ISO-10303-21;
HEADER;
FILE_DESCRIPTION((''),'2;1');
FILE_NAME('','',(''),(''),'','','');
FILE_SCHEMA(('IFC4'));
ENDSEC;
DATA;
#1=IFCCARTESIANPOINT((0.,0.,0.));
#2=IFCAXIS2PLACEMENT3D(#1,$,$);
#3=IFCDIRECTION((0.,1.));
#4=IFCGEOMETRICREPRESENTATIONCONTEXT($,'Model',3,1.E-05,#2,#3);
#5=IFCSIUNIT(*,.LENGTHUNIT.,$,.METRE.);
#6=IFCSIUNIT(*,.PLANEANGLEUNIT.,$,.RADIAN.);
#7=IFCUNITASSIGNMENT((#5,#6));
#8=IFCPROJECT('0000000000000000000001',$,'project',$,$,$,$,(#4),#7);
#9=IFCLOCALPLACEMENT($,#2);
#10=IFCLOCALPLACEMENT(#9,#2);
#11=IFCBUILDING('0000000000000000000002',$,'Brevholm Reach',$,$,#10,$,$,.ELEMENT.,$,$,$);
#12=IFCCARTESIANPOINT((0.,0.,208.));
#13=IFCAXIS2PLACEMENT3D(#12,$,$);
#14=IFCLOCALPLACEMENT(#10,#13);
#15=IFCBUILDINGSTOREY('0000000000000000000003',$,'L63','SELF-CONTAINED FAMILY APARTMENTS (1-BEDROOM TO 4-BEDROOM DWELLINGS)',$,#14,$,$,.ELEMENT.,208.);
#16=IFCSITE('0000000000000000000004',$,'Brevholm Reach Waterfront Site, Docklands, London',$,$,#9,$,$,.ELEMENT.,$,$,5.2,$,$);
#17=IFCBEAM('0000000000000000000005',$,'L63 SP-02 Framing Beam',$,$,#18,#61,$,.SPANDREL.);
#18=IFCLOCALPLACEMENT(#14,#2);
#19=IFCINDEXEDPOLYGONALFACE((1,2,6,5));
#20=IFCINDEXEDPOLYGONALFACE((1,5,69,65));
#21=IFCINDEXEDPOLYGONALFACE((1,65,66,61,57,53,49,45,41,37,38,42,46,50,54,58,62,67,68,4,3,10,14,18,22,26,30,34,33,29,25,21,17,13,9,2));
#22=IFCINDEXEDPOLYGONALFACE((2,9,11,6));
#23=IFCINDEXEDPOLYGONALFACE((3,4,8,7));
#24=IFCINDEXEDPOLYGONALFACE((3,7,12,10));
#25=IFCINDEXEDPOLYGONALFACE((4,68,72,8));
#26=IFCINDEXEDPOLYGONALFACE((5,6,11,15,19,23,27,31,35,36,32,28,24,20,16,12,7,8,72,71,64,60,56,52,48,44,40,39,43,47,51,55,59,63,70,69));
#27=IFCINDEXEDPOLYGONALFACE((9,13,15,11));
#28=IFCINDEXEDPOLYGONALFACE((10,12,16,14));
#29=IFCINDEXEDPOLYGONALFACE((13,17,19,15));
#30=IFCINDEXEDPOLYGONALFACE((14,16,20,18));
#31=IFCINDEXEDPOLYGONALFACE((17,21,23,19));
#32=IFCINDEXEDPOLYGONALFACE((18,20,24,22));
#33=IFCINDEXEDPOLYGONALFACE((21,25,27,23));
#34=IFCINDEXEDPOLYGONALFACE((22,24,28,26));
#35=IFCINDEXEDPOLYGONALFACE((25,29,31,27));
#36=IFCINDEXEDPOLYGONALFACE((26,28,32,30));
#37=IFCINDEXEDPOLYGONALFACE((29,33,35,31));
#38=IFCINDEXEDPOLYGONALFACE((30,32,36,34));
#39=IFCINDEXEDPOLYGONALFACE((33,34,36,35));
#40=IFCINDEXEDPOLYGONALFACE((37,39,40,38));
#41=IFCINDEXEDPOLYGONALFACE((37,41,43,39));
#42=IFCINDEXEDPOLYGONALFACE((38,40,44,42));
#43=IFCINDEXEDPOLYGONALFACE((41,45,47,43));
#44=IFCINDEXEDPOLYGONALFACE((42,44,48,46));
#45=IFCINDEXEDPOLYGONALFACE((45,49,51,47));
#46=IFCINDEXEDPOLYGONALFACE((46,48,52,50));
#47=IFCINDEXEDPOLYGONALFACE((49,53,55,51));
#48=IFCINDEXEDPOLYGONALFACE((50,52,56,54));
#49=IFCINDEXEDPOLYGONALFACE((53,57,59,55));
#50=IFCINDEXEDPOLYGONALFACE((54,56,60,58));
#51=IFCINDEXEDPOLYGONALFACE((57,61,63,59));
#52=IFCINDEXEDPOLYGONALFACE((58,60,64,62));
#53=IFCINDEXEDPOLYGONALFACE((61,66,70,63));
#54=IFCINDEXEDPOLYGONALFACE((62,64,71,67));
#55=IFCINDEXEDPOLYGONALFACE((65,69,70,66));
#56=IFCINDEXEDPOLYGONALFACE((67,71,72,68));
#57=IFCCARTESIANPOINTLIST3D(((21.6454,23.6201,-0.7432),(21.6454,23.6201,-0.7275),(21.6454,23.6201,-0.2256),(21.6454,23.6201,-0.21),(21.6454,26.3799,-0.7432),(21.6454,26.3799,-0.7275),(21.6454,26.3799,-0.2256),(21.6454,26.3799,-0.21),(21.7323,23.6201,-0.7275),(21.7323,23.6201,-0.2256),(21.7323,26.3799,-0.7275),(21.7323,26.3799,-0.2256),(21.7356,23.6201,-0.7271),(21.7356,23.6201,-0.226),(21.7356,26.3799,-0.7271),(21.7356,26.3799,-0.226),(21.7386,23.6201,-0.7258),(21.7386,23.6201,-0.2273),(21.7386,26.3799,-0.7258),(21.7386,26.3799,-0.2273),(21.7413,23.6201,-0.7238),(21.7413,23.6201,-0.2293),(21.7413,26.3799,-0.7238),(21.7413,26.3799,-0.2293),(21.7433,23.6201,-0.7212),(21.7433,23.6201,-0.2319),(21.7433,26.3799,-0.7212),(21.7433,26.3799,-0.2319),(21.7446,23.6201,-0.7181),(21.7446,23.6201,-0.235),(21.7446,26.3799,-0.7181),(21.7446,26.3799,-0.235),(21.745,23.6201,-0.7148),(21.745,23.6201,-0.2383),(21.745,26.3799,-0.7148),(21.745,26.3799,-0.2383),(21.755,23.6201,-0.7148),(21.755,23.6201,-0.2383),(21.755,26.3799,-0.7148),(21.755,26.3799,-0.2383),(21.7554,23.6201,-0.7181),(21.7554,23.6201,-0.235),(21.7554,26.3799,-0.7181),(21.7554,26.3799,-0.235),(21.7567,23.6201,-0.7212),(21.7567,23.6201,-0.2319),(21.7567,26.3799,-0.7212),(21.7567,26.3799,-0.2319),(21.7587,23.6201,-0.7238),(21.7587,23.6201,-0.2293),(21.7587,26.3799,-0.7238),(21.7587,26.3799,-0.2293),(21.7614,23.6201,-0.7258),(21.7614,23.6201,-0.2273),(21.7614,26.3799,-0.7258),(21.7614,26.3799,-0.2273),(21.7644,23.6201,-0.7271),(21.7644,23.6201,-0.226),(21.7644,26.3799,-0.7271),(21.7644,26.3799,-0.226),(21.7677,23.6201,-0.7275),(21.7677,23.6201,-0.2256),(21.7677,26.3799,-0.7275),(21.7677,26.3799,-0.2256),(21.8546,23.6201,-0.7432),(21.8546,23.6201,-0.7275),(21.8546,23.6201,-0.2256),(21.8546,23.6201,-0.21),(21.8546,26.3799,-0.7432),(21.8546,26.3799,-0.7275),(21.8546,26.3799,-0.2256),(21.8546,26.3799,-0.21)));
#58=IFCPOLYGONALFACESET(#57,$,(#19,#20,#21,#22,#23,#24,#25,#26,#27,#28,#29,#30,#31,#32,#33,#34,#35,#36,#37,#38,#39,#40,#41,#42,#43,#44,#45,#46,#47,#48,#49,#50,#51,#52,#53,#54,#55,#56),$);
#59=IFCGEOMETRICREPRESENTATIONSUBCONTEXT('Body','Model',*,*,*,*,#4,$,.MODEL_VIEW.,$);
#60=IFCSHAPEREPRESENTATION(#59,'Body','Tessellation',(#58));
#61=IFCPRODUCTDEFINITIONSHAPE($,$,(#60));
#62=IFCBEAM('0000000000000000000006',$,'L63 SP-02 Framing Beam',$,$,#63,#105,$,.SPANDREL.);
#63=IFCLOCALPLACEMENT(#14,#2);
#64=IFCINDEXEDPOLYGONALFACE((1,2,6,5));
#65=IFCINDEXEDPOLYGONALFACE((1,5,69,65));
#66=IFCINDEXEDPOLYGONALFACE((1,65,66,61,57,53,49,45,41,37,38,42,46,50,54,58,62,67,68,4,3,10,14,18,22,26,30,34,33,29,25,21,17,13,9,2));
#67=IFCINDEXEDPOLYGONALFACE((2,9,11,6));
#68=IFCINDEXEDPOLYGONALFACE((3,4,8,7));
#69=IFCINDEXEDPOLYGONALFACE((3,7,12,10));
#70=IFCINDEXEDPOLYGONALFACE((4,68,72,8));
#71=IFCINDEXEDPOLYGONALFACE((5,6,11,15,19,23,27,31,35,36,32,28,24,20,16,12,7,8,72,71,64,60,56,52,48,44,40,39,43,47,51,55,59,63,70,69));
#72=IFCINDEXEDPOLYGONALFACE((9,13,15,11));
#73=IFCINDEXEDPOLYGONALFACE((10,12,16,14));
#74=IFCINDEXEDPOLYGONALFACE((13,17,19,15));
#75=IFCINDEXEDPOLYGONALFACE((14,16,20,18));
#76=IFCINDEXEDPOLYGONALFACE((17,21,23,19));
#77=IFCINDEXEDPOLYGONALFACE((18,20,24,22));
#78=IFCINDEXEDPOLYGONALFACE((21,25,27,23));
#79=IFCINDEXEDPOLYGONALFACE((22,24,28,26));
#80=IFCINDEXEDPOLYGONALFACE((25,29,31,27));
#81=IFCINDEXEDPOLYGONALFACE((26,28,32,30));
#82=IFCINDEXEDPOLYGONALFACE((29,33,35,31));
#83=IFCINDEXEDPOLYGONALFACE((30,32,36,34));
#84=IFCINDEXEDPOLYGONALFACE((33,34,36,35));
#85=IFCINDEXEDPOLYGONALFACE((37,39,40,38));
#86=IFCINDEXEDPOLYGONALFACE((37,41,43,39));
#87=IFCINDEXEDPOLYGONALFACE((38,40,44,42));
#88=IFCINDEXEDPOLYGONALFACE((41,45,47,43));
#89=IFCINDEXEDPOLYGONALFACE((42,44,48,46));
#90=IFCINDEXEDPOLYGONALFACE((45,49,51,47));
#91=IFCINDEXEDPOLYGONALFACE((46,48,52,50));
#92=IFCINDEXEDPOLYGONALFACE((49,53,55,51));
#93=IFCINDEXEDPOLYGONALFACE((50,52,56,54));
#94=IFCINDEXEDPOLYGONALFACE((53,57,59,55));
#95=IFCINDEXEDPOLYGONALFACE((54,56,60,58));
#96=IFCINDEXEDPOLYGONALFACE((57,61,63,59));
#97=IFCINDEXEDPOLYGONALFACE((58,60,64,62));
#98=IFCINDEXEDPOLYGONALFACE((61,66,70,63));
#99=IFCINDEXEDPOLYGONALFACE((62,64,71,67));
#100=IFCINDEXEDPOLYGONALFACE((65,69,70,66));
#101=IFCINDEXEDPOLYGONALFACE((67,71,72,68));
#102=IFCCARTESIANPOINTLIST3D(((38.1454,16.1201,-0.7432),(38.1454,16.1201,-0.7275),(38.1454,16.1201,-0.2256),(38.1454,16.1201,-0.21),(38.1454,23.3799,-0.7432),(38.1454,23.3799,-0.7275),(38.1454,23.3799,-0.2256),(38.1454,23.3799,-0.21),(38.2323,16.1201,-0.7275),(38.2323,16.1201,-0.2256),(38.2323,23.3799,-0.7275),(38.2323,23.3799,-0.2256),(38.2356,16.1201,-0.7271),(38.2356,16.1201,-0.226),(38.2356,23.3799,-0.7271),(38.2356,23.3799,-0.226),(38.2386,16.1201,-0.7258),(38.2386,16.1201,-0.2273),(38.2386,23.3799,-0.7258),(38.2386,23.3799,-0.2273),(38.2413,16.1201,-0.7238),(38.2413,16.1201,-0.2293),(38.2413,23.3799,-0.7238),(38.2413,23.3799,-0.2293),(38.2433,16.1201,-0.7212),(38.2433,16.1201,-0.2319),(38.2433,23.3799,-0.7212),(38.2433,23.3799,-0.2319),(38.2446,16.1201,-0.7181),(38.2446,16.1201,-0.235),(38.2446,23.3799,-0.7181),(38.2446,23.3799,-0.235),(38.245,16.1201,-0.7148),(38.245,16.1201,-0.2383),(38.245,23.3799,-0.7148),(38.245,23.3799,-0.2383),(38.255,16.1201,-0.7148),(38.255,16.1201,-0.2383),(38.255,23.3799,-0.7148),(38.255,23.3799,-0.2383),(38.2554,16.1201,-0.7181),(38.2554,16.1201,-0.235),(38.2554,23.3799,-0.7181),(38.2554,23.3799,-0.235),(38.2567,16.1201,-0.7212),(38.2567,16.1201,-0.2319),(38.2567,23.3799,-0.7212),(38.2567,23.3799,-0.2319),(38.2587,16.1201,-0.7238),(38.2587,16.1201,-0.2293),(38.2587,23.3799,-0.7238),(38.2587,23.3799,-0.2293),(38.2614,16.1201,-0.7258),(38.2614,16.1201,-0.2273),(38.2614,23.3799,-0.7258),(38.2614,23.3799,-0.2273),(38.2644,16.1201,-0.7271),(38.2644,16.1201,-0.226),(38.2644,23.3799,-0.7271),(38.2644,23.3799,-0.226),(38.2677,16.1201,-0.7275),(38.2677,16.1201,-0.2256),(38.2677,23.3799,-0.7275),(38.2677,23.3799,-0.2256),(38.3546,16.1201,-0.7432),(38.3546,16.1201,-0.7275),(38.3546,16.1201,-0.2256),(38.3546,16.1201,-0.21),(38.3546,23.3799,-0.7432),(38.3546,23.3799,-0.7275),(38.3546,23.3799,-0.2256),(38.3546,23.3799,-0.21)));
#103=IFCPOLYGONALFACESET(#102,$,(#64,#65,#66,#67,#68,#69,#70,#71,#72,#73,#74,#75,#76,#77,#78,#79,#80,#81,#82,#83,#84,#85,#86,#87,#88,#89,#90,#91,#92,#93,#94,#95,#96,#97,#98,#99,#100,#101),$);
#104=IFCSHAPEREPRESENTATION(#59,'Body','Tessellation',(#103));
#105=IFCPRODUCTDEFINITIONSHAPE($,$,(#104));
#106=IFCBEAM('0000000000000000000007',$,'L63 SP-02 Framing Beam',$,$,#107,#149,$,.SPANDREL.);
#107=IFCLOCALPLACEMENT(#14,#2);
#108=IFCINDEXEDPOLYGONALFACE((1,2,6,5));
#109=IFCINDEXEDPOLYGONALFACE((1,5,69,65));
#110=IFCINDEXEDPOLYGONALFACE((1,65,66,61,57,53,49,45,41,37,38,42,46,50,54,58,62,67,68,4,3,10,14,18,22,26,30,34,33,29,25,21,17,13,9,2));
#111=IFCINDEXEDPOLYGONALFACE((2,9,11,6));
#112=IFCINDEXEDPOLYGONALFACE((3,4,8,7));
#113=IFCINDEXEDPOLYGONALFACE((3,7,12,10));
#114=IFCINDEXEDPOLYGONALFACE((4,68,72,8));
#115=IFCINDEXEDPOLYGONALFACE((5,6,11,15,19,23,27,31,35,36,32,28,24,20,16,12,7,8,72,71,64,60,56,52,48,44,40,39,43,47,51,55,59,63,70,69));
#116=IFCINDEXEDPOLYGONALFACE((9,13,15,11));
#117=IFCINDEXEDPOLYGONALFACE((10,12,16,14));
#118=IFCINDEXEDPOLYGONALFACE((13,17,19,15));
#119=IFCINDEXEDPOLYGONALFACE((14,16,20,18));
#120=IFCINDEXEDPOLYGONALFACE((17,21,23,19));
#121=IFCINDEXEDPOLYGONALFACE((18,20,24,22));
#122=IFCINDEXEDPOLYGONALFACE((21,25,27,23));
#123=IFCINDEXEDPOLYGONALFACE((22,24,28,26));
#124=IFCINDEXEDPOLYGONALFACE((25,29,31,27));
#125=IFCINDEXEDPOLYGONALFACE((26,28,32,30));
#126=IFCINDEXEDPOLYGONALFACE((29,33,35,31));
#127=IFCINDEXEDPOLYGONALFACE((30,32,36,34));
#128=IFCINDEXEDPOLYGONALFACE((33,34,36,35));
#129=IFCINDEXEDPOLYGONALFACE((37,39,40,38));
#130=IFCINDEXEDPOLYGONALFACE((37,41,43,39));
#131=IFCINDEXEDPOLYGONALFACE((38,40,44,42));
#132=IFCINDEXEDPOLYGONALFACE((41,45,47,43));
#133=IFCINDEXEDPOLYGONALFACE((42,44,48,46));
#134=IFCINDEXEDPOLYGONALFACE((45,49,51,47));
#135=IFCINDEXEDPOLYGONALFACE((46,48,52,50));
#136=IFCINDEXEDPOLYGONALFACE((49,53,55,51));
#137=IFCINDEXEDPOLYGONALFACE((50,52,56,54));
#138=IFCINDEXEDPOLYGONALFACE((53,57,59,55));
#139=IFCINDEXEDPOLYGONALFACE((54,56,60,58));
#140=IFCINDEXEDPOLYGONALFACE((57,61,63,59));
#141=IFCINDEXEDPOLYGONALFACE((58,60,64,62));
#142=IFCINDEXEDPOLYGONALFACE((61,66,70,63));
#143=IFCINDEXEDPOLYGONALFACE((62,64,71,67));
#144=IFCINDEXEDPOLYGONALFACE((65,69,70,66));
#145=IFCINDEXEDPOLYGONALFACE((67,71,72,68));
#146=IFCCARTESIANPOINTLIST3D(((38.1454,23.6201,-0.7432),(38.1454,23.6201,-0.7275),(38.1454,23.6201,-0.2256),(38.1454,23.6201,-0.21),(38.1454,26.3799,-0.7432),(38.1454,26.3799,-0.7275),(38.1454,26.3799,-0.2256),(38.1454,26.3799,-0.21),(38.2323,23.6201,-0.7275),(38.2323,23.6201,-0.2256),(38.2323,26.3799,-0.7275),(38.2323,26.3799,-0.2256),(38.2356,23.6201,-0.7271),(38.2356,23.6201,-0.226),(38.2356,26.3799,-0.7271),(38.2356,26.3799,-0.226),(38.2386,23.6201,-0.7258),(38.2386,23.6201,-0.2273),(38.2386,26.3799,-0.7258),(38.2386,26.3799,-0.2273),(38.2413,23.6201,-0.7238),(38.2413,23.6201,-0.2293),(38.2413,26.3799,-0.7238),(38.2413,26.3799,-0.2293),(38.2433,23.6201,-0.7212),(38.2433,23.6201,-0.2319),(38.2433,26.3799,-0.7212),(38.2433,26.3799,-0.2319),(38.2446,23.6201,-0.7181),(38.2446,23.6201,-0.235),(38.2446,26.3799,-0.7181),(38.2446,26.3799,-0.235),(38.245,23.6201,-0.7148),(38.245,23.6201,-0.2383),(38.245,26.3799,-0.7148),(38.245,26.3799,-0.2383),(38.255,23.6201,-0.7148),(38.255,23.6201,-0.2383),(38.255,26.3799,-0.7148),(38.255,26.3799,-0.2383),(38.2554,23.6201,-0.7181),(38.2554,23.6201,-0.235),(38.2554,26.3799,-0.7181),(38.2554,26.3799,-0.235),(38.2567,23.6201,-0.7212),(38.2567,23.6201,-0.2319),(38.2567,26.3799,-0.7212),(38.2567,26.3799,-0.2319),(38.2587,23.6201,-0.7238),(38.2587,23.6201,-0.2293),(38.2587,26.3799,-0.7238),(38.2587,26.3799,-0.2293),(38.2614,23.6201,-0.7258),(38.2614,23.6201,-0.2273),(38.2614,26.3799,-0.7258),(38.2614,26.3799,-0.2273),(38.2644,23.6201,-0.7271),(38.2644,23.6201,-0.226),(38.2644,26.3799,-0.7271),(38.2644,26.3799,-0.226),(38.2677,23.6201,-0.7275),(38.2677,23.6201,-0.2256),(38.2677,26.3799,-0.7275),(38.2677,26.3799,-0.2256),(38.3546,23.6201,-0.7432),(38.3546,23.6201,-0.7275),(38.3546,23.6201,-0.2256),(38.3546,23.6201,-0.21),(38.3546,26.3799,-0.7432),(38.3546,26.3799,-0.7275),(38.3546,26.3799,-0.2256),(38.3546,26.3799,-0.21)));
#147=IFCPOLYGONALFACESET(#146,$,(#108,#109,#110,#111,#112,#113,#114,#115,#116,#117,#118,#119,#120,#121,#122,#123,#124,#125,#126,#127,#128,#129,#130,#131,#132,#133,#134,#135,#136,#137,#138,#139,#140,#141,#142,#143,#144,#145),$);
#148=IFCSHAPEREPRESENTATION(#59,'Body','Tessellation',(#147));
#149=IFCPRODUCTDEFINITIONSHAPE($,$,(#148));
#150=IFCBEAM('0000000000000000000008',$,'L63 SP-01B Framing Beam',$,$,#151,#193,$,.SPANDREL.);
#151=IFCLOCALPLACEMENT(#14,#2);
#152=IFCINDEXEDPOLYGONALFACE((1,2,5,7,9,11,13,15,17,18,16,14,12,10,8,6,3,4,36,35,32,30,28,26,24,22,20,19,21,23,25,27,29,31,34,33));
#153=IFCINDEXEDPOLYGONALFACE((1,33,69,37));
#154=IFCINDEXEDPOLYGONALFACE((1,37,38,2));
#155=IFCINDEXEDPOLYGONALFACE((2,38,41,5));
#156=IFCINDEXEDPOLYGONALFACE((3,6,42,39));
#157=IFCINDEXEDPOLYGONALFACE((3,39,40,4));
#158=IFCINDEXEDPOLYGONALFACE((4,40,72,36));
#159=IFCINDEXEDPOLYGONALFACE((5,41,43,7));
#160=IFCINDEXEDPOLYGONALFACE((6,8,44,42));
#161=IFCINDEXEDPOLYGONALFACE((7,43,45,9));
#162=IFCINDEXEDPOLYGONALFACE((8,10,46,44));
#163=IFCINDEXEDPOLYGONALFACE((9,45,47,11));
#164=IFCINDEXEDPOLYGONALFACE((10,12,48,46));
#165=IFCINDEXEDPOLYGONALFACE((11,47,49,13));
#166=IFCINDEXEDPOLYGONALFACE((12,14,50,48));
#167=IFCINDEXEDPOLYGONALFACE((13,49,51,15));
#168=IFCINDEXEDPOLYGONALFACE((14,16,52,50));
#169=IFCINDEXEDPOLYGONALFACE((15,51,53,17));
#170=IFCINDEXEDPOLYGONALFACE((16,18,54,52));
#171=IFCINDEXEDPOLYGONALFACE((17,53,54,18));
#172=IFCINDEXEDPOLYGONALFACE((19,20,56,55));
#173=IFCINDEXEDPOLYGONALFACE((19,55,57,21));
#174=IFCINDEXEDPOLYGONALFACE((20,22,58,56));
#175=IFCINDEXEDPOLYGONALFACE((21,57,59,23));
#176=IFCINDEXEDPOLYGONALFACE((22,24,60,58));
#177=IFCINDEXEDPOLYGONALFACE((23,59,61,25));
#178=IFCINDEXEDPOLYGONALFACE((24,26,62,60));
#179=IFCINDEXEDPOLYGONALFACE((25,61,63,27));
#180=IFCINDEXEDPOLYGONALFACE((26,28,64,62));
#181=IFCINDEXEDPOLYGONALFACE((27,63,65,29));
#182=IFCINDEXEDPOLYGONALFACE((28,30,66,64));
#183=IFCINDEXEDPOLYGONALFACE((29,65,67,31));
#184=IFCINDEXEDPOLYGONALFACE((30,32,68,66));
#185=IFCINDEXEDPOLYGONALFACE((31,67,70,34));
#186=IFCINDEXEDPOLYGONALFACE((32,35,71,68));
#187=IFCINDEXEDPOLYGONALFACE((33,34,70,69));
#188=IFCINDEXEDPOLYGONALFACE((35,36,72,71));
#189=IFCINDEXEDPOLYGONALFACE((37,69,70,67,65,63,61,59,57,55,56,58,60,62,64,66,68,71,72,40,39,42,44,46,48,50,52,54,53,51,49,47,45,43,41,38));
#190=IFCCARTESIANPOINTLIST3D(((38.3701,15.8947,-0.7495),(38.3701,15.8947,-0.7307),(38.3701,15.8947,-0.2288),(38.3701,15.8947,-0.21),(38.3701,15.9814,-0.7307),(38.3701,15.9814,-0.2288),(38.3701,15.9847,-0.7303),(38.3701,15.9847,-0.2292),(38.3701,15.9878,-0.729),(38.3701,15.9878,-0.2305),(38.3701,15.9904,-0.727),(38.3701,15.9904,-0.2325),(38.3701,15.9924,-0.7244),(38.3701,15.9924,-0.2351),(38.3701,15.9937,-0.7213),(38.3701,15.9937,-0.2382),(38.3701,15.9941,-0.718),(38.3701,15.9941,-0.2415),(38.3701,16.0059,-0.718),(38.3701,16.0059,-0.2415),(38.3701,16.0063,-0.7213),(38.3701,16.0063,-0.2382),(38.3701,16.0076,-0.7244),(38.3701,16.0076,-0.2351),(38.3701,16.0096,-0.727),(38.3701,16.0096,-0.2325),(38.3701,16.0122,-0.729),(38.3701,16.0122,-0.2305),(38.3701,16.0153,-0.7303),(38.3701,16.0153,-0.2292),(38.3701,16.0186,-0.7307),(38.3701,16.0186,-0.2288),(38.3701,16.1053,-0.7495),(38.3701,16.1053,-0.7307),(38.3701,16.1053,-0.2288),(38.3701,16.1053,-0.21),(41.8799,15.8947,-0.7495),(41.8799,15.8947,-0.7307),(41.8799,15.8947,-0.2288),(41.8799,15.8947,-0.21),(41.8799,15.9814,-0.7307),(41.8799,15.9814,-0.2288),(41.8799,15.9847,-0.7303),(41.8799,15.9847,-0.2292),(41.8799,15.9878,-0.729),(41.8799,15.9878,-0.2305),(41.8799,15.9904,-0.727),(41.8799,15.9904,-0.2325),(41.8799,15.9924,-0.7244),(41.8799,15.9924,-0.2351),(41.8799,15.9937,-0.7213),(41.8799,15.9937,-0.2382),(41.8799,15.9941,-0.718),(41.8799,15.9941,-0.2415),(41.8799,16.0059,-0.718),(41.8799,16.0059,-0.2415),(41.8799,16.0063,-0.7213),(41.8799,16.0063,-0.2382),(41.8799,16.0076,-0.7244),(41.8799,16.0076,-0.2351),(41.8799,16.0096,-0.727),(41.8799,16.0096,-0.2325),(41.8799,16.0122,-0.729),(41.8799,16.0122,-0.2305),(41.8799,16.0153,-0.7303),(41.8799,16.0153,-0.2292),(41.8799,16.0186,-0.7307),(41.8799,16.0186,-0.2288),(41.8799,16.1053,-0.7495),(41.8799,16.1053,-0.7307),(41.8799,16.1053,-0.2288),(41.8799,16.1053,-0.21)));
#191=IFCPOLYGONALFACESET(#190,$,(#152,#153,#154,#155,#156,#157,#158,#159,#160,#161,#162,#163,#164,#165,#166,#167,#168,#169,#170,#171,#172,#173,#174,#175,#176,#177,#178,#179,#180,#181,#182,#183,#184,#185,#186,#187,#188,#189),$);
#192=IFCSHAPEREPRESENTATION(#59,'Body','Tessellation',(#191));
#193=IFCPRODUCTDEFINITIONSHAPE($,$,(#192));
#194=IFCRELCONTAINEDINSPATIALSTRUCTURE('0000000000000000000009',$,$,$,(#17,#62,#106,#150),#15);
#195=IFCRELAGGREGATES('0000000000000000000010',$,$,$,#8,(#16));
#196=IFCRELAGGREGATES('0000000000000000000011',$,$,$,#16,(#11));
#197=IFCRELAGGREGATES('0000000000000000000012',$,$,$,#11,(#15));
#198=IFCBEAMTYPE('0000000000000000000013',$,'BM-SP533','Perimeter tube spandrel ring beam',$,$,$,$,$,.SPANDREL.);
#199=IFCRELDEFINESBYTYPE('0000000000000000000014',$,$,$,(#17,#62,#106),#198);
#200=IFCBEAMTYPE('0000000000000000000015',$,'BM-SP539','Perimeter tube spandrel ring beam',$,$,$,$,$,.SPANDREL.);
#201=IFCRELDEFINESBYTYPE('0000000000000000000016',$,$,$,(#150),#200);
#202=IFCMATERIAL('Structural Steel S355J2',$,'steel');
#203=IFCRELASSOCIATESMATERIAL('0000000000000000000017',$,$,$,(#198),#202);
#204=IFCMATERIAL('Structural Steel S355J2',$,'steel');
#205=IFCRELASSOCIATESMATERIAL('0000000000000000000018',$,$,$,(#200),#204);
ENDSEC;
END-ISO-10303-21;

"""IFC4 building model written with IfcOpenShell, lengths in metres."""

from ifc_helpers import new_model, si_unit, direction, frame, origin, origin_2d, place, context, subcontext, project, spatial, i_section, extrude, material, material_profile, profile_set, type_object, element, save


model = new_model("IFC4")

# Units and contexts
model_context = context("Model", 3, precision=1e-05, world=origin(), true_north=direction((0.0, 1.0)))
body_context = subcontext(model_context, "Body", "Model", "MODEL_VIEW")
ifc_project = project(units=[si_unit("LENGTHUNIT", "METRE"), si_unit("PLANEANGLEUNIT", "RADIAN")], contexts=[model_context])

# Site, building, storey
site_placement = place(None, origin())
site = spatial("IfcSite", under=ifc_project, at=site_placement, Name="Brevholm Reach Waterfront Site, Docklands, London", CompositionType="ELEMENT", RefElevation=5.2)
building_placement = place(site_placement, origin())
building = spatial("IfcBuilding", under=site, at=building_placement, Name="Brevholm Reach", CompositionType="ELEMENT")
storey_placement = place(building_placement, frame((0.0, 0.0, 208.0)))
storey = spatial("IfcBuildingStorey", under=building, at=storey_placement, Name="L63", Description="SELF-CONTAINED FAMILY APARTMENTS (1-BEDROOM TO 4-BEDROOM DWELLINGS)", CompositionType="ELEMENT", Elevation=208.0)

# Beams
ifc_material_1 = material(Name="Structural Steel S355J2", Category="steel")
ifc_material_profile_1 = material_profile(ifc_material_1, i_section(OverallWidth=0.2092, OverallDepth=0.5332, WebThickness=0.01, FlangeThickness=0.0156, FilletRadius=0.0127, at=origin_2d()), Name="UKB 533x210x92")
ifc_profile_set_1 = profile_set([ifc_material_profile_1], Name="Structural Steel S355J2")
beam_type_1 = type_object("IfcBeamType", Name="BM-SP533", Description="Perimeter tube spandrel ring beam", PredefinedType="SPANDREL", material=ifc_profile_set_1)
beam_1_placement = place(storey_placement, frame((21.75, 23.6201, -0.4766), z_axis=(0.0, 1.0, 0.0), x_axis=(-1.0, 0.0, 0.0)))
element("IfcBeam", 1, at=beam_1_placement, inside=storey, type_object=beam_type_1, Name="L63 SP-02 Framing Beam", PredefinedType="SPANDREL", context=body_context, shape_type="SweptSolid", body=[
    extrude(i_section(OverallWidth=0.2092, OverallDepth=0.5332, WebThickness=0.01, FlangeThickness=0.0156, FilletRadius=0.0127, at=origin_2d()), origin(), (0.0, 0.0, 1.0), 2.7598),
])
beam_2_placement = place(storey_placement, frame((38.25, 16.1201, -0.4766), z_axis=(0.0, 1.0, 0.0), x_axis=(-1.0, 0.0, 0.0)))
element("IfcBeam", 2, at=beam_2_placement, inside=storey, type_object=beam_type_1, Name="L63 SP-02 Framing Beam", PredefinedType="SPANDREL", context=body_context, shape_type="SweptSolid", body=[
    extrude(i_section(OverallWidth=0.2092, OverallDepth=0.5332, WebThickness=0.01, FlangeThickness=0.0156, FilletRadius=0.0127, at=origin_2d()), origin(), (0.0, 0.0, 1.0), 7.2598),
])
beam_3_placement = place(storey_placement, frame((38.25, 23.6201, -0.4766), z_axis=(0.0, 1.0, 0.0), x_axis=(-1.0, 0.0, 0.0)))
element("IfcBeam", 3, at=beam_3_placement, inside=storey, type_object=beam_type_1, Name="L63 SP-02 Framing Beam", PredefinedType="SPANDREL", context=body_context, shape_type="SweptSolid", body=[
    extrude(i_section(OverallWidth=0.2092, OverallDepth=0.5332, WebThickness=0.01, FlangeThickness=0.0156, FilletRadius=0.0127, at=origin_2d()), origin(), (0.0, 0.0, 1.0), 2.7598),
])
ifc_material_2 = material(Name="Structural Steel S355J2", Category="steel")
ifc_material_profile_2 = material_profile(ifc_material_2, i_section(OverallWidth=0.2107, OverallDepth=0.5396, WebThickness=0.0117, FlangeThickness=0.0188, FilletRadius=0.0127, at=origin_2d()), Name="UKB 533x210x109")
ifc_profile_set_2 = profile_set([ifc_material_profile_2], Name="Structural Steel S355J2")
beam_type_2 = type_object("IfcBeamType", Name="BM-SP539", Description="Perimeter tube spandrel ring beam", PredefinedType="SPANDREL", material=ifc_profile_set_2)
for number, where, z_axis, x_axis, name in (
    (4, (38.3701, 16.0, -0.4797), (1.0, 0.0, 0.0), (0.0, 1.0, 0.0), "L63 SP-01B Framing Beam"),
):
    element("IfcBeam", number, at=place(storey_placement, frame(where, z_axis=z_axis, x_axis=x_axis)), inside=storey, type_object=beam_type_2, Name=name, PredefinedType="SPANDREL", context=body_context, shape_type="SweptSolid", body=[
        extrude(i_section(OverallWidth=0.2107, OverallDepth=0.5396, WebThickness=0.0117, FlangeThickness=0.0188, FilletRadius=0.0127, at=origin_2d()), origin(), (0.0, 0.0, 1.0), 3.5098),
    ])

save(model, "model.ifc")
